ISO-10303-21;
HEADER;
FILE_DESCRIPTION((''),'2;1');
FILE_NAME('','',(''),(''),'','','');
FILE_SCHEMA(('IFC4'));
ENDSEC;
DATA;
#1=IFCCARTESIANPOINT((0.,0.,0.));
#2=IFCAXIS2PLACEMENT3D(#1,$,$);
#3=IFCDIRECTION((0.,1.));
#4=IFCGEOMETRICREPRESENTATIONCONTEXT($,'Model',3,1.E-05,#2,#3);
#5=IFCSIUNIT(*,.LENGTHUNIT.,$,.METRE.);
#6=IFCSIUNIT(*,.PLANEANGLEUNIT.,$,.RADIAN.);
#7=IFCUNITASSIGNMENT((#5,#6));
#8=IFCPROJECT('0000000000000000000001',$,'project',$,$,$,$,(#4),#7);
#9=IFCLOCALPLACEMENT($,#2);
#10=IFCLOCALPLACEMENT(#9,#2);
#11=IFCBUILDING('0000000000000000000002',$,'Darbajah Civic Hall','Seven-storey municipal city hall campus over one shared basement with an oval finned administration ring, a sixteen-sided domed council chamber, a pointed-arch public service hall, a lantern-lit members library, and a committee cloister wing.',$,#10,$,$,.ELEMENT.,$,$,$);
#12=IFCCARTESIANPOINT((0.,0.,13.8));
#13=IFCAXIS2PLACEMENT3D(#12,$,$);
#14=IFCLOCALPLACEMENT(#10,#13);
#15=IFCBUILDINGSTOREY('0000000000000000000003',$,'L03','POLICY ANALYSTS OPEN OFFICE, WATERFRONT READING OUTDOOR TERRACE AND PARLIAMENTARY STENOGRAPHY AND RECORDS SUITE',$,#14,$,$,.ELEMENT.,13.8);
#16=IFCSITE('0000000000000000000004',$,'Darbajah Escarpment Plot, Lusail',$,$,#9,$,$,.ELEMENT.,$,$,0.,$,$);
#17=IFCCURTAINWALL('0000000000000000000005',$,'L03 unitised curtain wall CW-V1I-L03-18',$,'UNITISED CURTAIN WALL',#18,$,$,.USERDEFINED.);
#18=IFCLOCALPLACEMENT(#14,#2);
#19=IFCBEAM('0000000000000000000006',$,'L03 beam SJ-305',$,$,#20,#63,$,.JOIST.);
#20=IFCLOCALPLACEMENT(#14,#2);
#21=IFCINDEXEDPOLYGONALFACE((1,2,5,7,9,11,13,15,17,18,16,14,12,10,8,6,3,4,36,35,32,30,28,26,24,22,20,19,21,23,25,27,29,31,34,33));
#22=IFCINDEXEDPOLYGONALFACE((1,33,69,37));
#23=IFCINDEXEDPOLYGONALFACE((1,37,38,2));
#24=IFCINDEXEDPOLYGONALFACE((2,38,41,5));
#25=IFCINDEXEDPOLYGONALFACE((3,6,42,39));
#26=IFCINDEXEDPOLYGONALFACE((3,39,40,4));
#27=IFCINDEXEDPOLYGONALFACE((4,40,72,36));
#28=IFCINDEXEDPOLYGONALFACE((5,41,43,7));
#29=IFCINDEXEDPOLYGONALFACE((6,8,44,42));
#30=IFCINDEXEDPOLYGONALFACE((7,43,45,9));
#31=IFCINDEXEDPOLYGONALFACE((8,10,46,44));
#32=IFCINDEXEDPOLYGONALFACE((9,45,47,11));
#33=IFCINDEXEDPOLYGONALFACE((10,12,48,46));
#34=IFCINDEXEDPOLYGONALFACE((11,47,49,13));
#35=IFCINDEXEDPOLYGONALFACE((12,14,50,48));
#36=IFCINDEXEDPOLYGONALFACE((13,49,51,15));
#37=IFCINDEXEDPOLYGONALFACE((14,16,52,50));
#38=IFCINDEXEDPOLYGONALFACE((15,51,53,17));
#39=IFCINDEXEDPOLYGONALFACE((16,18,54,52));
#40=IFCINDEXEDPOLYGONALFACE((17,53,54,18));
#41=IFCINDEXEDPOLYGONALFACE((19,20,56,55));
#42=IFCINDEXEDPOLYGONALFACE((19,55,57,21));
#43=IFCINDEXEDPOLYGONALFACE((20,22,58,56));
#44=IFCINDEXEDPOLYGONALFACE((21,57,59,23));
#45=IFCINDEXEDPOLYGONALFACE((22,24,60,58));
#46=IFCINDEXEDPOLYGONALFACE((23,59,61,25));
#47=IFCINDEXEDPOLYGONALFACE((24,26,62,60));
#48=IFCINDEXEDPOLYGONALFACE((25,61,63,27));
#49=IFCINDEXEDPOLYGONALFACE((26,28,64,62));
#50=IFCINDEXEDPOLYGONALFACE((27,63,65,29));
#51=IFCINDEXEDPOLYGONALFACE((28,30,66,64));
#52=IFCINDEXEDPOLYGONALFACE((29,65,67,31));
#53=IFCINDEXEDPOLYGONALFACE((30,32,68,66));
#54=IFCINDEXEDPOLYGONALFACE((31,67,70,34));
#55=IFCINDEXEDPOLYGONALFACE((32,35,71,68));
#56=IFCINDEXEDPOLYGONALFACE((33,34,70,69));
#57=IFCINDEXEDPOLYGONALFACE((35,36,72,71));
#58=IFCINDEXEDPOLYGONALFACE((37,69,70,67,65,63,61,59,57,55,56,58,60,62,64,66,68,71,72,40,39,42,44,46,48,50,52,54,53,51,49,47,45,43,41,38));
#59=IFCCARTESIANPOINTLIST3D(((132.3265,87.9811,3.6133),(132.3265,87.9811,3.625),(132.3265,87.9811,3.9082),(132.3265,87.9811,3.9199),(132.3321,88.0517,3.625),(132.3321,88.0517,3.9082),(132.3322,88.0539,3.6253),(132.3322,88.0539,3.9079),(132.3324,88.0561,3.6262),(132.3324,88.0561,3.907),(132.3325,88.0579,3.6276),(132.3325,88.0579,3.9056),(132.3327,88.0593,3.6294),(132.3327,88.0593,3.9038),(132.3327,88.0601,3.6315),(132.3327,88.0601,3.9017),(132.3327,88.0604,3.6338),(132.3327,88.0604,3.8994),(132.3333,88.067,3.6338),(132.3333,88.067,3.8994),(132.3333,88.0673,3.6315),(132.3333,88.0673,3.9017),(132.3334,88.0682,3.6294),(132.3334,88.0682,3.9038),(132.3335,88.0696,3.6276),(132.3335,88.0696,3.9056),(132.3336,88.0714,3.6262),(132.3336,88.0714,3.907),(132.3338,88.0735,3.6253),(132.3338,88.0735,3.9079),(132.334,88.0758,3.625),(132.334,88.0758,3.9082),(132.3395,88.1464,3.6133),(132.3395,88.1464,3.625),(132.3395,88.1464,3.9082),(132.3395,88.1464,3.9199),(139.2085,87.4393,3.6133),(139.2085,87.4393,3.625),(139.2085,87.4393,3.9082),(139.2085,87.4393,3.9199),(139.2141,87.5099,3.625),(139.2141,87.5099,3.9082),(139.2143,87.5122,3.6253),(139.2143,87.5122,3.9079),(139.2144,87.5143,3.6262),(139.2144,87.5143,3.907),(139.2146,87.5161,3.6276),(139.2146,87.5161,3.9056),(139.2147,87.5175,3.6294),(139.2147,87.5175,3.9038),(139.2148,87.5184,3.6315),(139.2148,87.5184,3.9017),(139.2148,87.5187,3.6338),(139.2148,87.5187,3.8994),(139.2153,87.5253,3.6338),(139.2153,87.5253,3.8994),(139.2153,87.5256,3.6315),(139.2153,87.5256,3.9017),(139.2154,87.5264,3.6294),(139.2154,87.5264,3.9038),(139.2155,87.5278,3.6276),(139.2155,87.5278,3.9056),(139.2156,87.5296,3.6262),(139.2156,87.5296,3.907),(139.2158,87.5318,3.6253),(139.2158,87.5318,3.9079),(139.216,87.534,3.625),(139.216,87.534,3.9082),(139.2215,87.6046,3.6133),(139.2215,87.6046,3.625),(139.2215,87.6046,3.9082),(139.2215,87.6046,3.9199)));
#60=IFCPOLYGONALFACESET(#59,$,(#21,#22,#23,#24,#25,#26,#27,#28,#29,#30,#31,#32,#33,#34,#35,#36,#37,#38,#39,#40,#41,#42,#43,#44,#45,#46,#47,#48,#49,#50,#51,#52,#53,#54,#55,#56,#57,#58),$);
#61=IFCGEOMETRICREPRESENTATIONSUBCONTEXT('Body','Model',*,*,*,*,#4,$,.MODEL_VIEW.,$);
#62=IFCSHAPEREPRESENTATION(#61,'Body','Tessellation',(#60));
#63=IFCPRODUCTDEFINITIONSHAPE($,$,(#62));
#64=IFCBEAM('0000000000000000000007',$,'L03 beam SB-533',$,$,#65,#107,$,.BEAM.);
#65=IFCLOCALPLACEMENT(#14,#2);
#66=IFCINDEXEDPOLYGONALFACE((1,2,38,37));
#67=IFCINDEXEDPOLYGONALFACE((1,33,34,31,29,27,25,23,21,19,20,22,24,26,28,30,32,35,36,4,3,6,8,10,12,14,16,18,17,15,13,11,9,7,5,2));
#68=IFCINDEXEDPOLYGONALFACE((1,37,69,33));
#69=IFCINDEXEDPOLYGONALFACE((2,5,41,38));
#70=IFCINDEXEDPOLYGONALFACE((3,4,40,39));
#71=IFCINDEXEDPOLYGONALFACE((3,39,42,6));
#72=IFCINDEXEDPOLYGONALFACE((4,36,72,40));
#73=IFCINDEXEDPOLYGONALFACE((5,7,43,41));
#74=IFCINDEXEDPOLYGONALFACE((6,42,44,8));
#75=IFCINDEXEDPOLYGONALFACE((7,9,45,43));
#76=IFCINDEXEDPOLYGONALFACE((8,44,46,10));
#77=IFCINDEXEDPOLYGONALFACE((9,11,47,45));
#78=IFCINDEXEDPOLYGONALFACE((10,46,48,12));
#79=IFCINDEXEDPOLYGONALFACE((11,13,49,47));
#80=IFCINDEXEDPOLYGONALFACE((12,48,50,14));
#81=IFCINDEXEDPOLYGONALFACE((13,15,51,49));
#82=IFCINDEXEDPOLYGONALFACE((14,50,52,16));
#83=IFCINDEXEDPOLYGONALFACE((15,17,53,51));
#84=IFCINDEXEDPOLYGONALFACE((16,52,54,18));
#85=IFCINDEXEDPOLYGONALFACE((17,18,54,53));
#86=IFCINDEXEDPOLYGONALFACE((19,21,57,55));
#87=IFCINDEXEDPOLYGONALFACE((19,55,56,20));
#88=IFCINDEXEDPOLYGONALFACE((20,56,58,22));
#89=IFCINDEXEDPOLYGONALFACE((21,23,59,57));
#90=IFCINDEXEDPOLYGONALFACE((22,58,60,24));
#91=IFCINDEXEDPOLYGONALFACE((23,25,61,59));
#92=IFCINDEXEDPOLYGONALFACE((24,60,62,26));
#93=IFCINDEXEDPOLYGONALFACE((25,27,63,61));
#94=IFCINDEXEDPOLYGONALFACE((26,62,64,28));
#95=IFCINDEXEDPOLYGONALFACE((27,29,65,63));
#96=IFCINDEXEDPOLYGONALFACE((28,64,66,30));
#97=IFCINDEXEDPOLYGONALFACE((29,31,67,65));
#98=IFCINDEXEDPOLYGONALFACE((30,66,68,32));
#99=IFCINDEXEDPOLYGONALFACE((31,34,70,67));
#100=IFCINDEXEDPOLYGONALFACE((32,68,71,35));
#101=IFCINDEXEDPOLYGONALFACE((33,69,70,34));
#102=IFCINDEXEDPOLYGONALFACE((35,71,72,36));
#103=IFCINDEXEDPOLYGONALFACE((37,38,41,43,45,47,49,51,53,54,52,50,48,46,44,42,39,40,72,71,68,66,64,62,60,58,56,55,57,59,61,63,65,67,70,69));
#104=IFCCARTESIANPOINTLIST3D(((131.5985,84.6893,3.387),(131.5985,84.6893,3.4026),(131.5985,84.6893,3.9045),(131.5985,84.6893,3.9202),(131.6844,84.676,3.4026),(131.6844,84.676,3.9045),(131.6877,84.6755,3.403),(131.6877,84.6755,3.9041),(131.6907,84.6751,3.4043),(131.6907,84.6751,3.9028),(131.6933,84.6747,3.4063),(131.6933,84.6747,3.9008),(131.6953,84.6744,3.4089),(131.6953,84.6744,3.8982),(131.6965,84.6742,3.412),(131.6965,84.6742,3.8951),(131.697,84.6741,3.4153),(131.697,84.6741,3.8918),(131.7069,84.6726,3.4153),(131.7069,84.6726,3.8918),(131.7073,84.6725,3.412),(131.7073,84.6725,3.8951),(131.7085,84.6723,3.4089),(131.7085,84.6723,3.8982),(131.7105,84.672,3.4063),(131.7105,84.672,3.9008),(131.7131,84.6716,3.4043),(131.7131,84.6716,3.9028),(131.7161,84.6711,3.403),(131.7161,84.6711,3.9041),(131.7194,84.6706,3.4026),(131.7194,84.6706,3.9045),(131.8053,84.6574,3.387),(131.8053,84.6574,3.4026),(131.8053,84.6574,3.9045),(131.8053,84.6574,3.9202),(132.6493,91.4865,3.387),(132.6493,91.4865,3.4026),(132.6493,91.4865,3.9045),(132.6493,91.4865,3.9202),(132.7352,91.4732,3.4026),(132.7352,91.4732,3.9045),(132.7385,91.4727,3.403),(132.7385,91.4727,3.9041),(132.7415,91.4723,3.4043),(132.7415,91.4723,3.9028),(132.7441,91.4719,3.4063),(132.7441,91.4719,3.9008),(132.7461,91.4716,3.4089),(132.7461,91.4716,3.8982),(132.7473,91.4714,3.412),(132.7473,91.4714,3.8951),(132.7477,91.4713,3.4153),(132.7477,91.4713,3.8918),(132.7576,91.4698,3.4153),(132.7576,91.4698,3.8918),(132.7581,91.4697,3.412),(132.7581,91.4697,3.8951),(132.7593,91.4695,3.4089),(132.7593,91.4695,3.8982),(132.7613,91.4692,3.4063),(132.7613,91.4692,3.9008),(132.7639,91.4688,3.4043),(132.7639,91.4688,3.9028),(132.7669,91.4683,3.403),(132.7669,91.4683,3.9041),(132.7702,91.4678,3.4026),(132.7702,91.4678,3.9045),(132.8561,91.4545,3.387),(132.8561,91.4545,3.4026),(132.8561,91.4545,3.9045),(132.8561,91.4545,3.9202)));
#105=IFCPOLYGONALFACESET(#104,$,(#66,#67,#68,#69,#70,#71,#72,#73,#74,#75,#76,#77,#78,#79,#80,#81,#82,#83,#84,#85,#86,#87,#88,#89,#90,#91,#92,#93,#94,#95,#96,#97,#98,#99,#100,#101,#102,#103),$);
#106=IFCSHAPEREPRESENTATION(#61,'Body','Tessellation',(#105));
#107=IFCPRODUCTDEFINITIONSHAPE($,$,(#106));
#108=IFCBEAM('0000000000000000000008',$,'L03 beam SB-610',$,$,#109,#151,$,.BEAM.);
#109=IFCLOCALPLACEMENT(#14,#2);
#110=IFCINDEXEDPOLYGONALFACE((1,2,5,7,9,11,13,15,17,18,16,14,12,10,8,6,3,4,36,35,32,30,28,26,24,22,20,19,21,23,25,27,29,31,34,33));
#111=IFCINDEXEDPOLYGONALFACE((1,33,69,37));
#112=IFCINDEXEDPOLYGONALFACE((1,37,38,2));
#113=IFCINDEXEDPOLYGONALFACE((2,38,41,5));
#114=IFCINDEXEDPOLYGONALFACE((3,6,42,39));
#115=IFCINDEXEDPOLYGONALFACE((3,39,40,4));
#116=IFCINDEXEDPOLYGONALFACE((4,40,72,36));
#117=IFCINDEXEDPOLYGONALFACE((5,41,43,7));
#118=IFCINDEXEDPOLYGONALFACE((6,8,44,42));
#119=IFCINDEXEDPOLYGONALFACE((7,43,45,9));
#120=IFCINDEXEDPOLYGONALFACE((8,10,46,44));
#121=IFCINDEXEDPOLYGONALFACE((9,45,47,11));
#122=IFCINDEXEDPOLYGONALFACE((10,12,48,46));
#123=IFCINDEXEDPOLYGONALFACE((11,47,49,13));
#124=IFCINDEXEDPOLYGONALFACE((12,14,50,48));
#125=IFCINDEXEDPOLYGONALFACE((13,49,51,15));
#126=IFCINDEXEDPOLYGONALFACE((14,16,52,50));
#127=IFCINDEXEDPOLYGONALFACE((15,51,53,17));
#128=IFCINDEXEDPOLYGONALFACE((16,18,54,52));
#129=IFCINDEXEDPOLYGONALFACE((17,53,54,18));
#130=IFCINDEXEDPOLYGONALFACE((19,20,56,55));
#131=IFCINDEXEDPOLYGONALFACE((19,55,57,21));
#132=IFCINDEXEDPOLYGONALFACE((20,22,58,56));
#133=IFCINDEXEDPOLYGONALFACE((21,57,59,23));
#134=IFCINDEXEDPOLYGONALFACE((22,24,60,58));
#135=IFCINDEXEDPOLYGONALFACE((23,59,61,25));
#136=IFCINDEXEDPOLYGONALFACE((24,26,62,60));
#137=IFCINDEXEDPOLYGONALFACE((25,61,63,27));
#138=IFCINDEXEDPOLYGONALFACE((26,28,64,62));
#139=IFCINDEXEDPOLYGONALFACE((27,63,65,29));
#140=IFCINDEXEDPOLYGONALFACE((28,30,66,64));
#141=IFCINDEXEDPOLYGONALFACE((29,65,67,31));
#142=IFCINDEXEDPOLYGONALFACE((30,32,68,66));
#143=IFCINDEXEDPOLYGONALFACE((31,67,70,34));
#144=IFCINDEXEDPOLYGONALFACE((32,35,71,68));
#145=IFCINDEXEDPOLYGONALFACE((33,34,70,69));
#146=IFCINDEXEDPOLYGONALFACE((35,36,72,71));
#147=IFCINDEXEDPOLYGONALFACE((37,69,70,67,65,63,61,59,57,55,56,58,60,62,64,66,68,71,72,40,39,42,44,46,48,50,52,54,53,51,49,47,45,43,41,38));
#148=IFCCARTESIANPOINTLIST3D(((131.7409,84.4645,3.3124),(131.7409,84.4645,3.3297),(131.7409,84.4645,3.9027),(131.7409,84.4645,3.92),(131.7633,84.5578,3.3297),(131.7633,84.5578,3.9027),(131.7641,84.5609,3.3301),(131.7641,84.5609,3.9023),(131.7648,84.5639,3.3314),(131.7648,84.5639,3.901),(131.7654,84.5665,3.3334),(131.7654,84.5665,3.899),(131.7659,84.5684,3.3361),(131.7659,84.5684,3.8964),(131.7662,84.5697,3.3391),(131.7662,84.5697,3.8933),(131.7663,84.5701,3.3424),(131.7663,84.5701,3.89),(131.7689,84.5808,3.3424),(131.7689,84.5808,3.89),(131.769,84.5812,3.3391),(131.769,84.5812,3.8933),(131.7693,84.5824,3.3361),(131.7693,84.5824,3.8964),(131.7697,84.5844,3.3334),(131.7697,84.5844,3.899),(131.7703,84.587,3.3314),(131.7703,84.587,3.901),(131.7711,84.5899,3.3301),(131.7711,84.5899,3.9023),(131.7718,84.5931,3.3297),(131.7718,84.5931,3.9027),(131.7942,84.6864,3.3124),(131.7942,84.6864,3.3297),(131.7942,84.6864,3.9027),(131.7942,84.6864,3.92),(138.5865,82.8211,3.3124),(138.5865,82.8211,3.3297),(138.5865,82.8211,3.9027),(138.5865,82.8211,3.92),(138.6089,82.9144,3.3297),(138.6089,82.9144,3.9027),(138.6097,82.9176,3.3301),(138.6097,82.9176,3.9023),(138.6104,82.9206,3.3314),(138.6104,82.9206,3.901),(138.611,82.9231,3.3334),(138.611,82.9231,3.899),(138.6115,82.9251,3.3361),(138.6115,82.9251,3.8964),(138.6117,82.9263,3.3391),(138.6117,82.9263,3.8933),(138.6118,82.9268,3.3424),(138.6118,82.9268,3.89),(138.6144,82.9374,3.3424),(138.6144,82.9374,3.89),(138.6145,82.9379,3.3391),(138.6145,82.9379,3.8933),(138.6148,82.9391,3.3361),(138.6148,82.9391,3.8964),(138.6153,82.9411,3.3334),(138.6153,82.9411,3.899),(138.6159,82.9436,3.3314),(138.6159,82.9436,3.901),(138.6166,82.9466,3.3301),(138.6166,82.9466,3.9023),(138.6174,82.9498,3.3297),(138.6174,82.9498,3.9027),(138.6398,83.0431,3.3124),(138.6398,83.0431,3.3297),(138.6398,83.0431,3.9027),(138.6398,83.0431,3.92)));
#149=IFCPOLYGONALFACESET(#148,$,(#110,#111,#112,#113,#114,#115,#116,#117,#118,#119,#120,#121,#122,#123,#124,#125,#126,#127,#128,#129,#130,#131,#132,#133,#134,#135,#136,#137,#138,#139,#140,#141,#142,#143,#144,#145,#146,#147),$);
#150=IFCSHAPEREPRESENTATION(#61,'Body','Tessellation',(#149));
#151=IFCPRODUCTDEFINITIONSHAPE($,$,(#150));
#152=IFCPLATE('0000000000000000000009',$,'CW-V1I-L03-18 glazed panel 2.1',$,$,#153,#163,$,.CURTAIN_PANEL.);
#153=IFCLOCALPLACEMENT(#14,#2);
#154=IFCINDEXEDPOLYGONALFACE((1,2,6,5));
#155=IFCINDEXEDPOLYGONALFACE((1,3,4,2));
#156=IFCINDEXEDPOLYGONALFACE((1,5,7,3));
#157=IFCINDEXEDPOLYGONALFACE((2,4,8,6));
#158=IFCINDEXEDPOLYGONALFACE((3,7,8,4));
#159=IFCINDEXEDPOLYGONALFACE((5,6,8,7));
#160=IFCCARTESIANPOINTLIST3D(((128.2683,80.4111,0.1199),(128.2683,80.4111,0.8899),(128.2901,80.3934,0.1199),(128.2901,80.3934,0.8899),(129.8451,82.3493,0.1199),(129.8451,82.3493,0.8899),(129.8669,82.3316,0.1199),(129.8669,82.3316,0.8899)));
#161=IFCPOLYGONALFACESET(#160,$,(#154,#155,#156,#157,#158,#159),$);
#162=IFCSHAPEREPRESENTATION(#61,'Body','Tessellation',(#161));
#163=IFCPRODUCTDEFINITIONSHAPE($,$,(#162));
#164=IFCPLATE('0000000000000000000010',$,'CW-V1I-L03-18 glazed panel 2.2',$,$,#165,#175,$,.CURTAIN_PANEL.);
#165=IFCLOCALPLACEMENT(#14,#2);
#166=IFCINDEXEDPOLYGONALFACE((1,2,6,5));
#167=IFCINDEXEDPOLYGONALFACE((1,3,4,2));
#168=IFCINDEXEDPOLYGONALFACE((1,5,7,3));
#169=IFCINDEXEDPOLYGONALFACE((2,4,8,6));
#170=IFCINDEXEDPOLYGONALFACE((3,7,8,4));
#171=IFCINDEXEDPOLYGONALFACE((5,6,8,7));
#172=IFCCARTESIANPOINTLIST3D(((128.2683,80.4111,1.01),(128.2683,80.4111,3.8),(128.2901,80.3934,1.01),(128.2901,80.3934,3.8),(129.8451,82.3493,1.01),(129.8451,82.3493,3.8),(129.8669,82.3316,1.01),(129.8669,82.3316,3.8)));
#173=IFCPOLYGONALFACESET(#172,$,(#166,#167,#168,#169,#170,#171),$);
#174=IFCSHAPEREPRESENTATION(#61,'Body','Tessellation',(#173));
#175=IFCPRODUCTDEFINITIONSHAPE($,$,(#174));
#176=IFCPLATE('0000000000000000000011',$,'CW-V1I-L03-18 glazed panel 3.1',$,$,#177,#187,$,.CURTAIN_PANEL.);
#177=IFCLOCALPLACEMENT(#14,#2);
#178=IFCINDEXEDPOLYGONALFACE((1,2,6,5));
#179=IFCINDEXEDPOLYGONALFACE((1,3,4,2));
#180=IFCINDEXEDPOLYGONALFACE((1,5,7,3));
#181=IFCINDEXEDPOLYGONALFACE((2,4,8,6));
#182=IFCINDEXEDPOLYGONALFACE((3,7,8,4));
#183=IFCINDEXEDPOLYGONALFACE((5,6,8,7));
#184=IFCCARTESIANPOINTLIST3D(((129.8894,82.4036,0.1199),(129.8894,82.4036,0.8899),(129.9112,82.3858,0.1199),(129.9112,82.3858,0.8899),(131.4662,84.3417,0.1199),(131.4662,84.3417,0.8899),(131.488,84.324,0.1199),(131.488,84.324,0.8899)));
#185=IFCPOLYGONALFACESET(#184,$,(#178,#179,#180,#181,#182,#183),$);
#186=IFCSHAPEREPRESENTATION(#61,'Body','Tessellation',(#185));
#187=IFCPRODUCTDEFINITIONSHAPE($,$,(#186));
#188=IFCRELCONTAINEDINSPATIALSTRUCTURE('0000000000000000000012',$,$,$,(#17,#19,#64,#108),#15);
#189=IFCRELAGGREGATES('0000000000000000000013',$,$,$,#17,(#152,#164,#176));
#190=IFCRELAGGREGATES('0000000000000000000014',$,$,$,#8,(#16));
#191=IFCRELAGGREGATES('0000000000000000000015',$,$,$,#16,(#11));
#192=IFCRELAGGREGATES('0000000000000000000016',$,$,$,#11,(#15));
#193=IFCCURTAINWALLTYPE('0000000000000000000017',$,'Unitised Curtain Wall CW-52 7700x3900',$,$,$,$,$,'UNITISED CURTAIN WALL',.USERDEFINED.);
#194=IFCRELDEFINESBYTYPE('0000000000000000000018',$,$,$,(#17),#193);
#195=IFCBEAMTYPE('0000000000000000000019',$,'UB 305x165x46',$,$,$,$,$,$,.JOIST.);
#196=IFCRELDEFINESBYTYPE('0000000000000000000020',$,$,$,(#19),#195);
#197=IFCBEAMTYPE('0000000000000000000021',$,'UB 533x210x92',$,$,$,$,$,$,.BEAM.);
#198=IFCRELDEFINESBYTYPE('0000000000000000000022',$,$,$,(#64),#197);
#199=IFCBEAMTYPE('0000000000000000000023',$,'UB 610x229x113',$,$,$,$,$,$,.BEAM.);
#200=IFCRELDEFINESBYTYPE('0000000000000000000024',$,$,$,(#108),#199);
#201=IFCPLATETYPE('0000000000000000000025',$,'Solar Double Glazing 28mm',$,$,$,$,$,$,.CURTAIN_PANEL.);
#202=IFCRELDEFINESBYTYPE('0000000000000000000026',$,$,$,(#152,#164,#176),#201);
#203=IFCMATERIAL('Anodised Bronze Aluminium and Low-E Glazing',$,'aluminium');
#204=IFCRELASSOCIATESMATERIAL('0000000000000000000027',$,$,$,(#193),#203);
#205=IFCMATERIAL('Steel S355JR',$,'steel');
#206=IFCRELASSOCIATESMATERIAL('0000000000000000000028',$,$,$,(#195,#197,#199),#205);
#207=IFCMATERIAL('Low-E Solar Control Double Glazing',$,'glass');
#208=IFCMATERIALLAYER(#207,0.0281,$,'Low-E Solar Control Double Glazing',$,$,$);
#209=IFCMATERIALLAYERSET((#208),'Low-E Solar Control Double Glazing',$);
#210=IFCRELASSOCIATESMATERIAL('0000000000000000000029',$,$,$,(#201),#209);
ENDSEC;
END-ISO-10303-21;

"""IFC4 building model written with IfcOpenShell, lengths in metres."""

from ifc_helpers import new_model, si_unit, direction, frame, origin, origin_2d, place, context, subcontext, project, spatial, rectangle, i_section, extrude, material, layer, layer_set, material_profile, profile_set, type_object, element, aggregate, save


model = new_model("IFC4")

# Units and contexts
model_context = context("Model", 3, precision=1e-05, world=origin(), true_north=direction((0.0, 1.0)))
body_context = subcontext(model_context, "Body", "Model", "MODEL_VIEW")
ifc_project = project(units=[si_unit("LENGTHUNIT", "METRE"), si_unit("PLANEANGLEUNIT", "RADIAN")], contexts=[model_context])

# Site, building, storey
site_placement = place(None, origin())
site = spatial("IfcSite", under=ifc_project, at=site_placement, Name="Darbajah Escarpment Plot, Lusail", CompositionType="ELEMENT", RefElevation=0.0)
building_placement = place(site_placement, origin())
building = spatial("IfcBuilding", under=site, at=building_placement, Name="Darbajah Civic Hall", Description="Seven-storey municipal city hall campus over one shared basement with an oval finned administration ring, a sixteen-sided domed council chamber, a pointed-arch public service hall, a lantern-lit members library, and a committee cloister wing.", CompositionType="ELEMENT")
storey_placement = place(building_placement, frame((0.0, 0.0, 13.8)))
storey = spatial("IfcBuildingStorey", under=building, at=storey_placement, Name="L03", Description="POLICY ANALYSTS OPEN OFFICE, WATERFRONT READING OUTDOOR TERRACE AND PARLIAMENTARY STENOGRAPHY AND RECORDS SUITE", CompositionType="ELEMENT", Elevation=13.8)

# Curtain wall
ifc_material_1 = material(Name="Anodised Bronze Aluminium and Low-E Glazing", Category="aluminium")
curtain_wall_type_1 = type_object("IfcCurtainWallType", Name="Unitised Curtain Wall CW-52 7700x3900", ElementType="UNITISED CURTAIN WALL", PredefinedType="USERDEFINED", material=ifc_material_1)
curtain_wall_1_placement = place(storey_placement, origin())
curtain_wall_1 = element("IfcCurtainWall", 1, at=curtain_wall_1_placement, inside=storey, type_object=curtain_wall_type_1, Name="L03 unitised curtain wall CW-V1I-L03-18", ObjectType="UNITISED CURTAIN WALL", PredefinedType="USERDEFINED")

# Beams
ifc_material_2 = material(Name="Steel S355JR", Category="steel")
ifc_material_profile_1 = material_profile(ifc_material_2, i_section(OverallWidth=0.1658, OverallDepth=0.3066, WebThickness=0.0066, FlangeThickness=0.0117, FilletRadius=0.0088, at=origin_2d()), Name="UB 305x165x46")
ifc_profile_set_1 = profile_set([ifc_material_profile_1], Name="Steel S355JR")
beam_type_1 = type_object("IfcBeamType", Name="UB 305x165x46", PredefinedType="JOIST", material=ifc_profile_set_1)
for number, where, z_axis, x_axis, name in (
    (2, (132.333, 88.0637, 3.7666), (0.996916, -0.078476, 0.0), (0.078476, 0.996916, 0.0), "L03 beam SJ-305"),
):
    element("IfcBeam", number, at=place(storey_placement, frame(where, z_axis=z_axis, x_axis=x_axis)), inside=storey, type_object=beam_type_1, Name=name, PredefinedType="JOIST", context=body_context, shape_type="SweptSolid", body=[
        extrude(i_section(OverallWidth=0.1658, OverallDepth=0.3066, WebThickness=0.0066, FlangeThickness=0.0117, FilletRadius=0.0088, at=origin_2d()), origin(), (0.0, 0.0, 1.0), 6.9033),
    ])
ifc_material_profile_2 = material_profile(ifc_material_2, i_section(OverallWidth=0.2092, OverallDepth=0.5332, WebThickness=0.01, FlangeThickness=0.0156, FilletRadius=0.0127, at=origin_2d()), Name="UB 533x210x92")
ifc_profile_set_2 = profile_set([ifc_material_profile_2], Name="Steel S355JR")
beam_type_2 = type_object("IfcBeamType", Name="UB 533x210x92", PredefinedType="BEAM", material=ifc_profile_set_2)
beam_1_placement = place(storey_placement, frame((131.7019, 84.6733, 3.6536), z_axis=(0.152777, 0.988261, 0.0), x_axis=(-0.988261, 0.152777, 0.0)))
element("IfcBeam", 3, at=beam_1_placement, inside=storey, type_object=beam_type_2, Name="L03 beam SB-533", PredefinedType="BEAM", context=body_context, shape_type="SweptSolid", body=[
    extrude(i_section(OverallWidth=0.2092, OverallDepth=0.5332, WebThickness=0.01, FlangeThickness=0.0156, FilletRadius=0.0127, at=origin_2d()), origin(), (0.0, 0.0, 1.0), 6.8779),
])
ifc_material_profile_3 = material_profile(ifc_material_2, i_section(OverallWidth=0.2283, OverallDepth=0.6077, WebThickness=0.011, FlangeThickness=0.0173, FilletRadius=0.0127, at=origin_2d()), Name="UB 610x229x113")
ifc_profile_set_3 = profile_set([ifc_material_profile_3], Name="Steel S355JR")
beam_type_3 = type_object("IfcBeamType", Name="UB 610x229x113", PredefinedType="BEAM", material=ifc_profile_set_3)
beam_2_placement = place(storey_placement, frame((131.7676, 84.5754, 3.6162), z_axis=(0.972374, -0.233427, 0.0), x_axis=(0.233427, 0.972374, 0.0)))
element("IfcBeam", 4, at=beam_2_placement, inside=storey, type_object=beam_type_3, Name="L03 beam SB-610", PredefinedType="BEAM", context=body_context, shape_type="SweptSolid", body=[
    extrude(i_section(OverallWidth=0.2283, OverallDepth=0.6077, WebThickness=0.011, FlangeThickness=0.0173, FilletRadius=0.0127, at=origin_2d()), origin(), (0.0, 0.0, 1.0), 7.04),
])

# Plates
ifc_material_3 = material(Name="Low-E Solar Control Double Glazing", Category="glass")
ifc_layer_1 = layer(ifc_material_3, 0.0281, Name="Low-E Solar Control Double Glazing")
ifc_layer_set_1 = layer_set([ifc_layer_1], Name="Low-E Solar Control Double Glazing")
plate_type_1 = type_object("IfcPlateType", Name="Solar Double Glazing 28mm", PredefinedType="CURTAIN_PANEL", material=ifc_layer_set_1)
plate_1_placement = place(storey_placement, frame((129.0676, 81.3713, 0.1199), z_axis=(0.0, 0.0, 1.0), x_axis=(0.631082, 0.775716, 0.0)))
plate_1 = element("IfcPlate", 5, at=plate_1_placement, type_object=plate_type_1, Name="CW-V1I-L03-18 glazed panel 2.1", PredefinedType="CURTAIN_PANEL", context=body_context, shape_type="SweptSolid", body=[
    extrude(rectangle(XDim=2.4985, YDim=0.0281, at=origin_2d()), origin(), (0.0, 0.0, 1.0), 0.77),
])
plate_2_placement = place(storey_placement, frame((129.0676, 81.3713, 1.01), z_axis=(0.0, 0.0, 1.0), x_axis=(0.631082, 0.775716, 0.0)))
plate_2 = element("IfcPlate", 6, at=plate_2_placement, type_object=plate_type_1, Name="CW-V1I-L03-18 glazed panel 2.2", PredefinedType="CURTAIN_PANEL", context=body_context, shape_type="SweptSolid", body=[
    extrude(rectangle(XDim=2.4985, YDim=0.0281, at=origin_2d()), origin(), (0.0, 0.0, 1.0), 2.79),
])
plate_3_placement = place(storey_placement, frame((130.6887, 83.3638, 0.1199), z_axis=(0.0, 0.0, 1.0), x_axis=(0.631082, 0.775716, 0.0)))
plate_3 = element("IfcPlate", 7, at=plate_3_placement, type_object=plate_type_1, Name="CW-V1I-L03-18 glazed panel 3.1", PredefinedType="CURTAIN_PANEL", context=body_context, shape_type="SweptSolid", body=[
    extrude(rectangle(XDim=2.4985, YDim=0.0281, at=origin_2d()), origin(), (0.0, 0.0, 1.0), 0.77),
])
aggregate(curtain_wall_1, [plate_1, plate_2, plate_3])

save(model, "model.ifc")
